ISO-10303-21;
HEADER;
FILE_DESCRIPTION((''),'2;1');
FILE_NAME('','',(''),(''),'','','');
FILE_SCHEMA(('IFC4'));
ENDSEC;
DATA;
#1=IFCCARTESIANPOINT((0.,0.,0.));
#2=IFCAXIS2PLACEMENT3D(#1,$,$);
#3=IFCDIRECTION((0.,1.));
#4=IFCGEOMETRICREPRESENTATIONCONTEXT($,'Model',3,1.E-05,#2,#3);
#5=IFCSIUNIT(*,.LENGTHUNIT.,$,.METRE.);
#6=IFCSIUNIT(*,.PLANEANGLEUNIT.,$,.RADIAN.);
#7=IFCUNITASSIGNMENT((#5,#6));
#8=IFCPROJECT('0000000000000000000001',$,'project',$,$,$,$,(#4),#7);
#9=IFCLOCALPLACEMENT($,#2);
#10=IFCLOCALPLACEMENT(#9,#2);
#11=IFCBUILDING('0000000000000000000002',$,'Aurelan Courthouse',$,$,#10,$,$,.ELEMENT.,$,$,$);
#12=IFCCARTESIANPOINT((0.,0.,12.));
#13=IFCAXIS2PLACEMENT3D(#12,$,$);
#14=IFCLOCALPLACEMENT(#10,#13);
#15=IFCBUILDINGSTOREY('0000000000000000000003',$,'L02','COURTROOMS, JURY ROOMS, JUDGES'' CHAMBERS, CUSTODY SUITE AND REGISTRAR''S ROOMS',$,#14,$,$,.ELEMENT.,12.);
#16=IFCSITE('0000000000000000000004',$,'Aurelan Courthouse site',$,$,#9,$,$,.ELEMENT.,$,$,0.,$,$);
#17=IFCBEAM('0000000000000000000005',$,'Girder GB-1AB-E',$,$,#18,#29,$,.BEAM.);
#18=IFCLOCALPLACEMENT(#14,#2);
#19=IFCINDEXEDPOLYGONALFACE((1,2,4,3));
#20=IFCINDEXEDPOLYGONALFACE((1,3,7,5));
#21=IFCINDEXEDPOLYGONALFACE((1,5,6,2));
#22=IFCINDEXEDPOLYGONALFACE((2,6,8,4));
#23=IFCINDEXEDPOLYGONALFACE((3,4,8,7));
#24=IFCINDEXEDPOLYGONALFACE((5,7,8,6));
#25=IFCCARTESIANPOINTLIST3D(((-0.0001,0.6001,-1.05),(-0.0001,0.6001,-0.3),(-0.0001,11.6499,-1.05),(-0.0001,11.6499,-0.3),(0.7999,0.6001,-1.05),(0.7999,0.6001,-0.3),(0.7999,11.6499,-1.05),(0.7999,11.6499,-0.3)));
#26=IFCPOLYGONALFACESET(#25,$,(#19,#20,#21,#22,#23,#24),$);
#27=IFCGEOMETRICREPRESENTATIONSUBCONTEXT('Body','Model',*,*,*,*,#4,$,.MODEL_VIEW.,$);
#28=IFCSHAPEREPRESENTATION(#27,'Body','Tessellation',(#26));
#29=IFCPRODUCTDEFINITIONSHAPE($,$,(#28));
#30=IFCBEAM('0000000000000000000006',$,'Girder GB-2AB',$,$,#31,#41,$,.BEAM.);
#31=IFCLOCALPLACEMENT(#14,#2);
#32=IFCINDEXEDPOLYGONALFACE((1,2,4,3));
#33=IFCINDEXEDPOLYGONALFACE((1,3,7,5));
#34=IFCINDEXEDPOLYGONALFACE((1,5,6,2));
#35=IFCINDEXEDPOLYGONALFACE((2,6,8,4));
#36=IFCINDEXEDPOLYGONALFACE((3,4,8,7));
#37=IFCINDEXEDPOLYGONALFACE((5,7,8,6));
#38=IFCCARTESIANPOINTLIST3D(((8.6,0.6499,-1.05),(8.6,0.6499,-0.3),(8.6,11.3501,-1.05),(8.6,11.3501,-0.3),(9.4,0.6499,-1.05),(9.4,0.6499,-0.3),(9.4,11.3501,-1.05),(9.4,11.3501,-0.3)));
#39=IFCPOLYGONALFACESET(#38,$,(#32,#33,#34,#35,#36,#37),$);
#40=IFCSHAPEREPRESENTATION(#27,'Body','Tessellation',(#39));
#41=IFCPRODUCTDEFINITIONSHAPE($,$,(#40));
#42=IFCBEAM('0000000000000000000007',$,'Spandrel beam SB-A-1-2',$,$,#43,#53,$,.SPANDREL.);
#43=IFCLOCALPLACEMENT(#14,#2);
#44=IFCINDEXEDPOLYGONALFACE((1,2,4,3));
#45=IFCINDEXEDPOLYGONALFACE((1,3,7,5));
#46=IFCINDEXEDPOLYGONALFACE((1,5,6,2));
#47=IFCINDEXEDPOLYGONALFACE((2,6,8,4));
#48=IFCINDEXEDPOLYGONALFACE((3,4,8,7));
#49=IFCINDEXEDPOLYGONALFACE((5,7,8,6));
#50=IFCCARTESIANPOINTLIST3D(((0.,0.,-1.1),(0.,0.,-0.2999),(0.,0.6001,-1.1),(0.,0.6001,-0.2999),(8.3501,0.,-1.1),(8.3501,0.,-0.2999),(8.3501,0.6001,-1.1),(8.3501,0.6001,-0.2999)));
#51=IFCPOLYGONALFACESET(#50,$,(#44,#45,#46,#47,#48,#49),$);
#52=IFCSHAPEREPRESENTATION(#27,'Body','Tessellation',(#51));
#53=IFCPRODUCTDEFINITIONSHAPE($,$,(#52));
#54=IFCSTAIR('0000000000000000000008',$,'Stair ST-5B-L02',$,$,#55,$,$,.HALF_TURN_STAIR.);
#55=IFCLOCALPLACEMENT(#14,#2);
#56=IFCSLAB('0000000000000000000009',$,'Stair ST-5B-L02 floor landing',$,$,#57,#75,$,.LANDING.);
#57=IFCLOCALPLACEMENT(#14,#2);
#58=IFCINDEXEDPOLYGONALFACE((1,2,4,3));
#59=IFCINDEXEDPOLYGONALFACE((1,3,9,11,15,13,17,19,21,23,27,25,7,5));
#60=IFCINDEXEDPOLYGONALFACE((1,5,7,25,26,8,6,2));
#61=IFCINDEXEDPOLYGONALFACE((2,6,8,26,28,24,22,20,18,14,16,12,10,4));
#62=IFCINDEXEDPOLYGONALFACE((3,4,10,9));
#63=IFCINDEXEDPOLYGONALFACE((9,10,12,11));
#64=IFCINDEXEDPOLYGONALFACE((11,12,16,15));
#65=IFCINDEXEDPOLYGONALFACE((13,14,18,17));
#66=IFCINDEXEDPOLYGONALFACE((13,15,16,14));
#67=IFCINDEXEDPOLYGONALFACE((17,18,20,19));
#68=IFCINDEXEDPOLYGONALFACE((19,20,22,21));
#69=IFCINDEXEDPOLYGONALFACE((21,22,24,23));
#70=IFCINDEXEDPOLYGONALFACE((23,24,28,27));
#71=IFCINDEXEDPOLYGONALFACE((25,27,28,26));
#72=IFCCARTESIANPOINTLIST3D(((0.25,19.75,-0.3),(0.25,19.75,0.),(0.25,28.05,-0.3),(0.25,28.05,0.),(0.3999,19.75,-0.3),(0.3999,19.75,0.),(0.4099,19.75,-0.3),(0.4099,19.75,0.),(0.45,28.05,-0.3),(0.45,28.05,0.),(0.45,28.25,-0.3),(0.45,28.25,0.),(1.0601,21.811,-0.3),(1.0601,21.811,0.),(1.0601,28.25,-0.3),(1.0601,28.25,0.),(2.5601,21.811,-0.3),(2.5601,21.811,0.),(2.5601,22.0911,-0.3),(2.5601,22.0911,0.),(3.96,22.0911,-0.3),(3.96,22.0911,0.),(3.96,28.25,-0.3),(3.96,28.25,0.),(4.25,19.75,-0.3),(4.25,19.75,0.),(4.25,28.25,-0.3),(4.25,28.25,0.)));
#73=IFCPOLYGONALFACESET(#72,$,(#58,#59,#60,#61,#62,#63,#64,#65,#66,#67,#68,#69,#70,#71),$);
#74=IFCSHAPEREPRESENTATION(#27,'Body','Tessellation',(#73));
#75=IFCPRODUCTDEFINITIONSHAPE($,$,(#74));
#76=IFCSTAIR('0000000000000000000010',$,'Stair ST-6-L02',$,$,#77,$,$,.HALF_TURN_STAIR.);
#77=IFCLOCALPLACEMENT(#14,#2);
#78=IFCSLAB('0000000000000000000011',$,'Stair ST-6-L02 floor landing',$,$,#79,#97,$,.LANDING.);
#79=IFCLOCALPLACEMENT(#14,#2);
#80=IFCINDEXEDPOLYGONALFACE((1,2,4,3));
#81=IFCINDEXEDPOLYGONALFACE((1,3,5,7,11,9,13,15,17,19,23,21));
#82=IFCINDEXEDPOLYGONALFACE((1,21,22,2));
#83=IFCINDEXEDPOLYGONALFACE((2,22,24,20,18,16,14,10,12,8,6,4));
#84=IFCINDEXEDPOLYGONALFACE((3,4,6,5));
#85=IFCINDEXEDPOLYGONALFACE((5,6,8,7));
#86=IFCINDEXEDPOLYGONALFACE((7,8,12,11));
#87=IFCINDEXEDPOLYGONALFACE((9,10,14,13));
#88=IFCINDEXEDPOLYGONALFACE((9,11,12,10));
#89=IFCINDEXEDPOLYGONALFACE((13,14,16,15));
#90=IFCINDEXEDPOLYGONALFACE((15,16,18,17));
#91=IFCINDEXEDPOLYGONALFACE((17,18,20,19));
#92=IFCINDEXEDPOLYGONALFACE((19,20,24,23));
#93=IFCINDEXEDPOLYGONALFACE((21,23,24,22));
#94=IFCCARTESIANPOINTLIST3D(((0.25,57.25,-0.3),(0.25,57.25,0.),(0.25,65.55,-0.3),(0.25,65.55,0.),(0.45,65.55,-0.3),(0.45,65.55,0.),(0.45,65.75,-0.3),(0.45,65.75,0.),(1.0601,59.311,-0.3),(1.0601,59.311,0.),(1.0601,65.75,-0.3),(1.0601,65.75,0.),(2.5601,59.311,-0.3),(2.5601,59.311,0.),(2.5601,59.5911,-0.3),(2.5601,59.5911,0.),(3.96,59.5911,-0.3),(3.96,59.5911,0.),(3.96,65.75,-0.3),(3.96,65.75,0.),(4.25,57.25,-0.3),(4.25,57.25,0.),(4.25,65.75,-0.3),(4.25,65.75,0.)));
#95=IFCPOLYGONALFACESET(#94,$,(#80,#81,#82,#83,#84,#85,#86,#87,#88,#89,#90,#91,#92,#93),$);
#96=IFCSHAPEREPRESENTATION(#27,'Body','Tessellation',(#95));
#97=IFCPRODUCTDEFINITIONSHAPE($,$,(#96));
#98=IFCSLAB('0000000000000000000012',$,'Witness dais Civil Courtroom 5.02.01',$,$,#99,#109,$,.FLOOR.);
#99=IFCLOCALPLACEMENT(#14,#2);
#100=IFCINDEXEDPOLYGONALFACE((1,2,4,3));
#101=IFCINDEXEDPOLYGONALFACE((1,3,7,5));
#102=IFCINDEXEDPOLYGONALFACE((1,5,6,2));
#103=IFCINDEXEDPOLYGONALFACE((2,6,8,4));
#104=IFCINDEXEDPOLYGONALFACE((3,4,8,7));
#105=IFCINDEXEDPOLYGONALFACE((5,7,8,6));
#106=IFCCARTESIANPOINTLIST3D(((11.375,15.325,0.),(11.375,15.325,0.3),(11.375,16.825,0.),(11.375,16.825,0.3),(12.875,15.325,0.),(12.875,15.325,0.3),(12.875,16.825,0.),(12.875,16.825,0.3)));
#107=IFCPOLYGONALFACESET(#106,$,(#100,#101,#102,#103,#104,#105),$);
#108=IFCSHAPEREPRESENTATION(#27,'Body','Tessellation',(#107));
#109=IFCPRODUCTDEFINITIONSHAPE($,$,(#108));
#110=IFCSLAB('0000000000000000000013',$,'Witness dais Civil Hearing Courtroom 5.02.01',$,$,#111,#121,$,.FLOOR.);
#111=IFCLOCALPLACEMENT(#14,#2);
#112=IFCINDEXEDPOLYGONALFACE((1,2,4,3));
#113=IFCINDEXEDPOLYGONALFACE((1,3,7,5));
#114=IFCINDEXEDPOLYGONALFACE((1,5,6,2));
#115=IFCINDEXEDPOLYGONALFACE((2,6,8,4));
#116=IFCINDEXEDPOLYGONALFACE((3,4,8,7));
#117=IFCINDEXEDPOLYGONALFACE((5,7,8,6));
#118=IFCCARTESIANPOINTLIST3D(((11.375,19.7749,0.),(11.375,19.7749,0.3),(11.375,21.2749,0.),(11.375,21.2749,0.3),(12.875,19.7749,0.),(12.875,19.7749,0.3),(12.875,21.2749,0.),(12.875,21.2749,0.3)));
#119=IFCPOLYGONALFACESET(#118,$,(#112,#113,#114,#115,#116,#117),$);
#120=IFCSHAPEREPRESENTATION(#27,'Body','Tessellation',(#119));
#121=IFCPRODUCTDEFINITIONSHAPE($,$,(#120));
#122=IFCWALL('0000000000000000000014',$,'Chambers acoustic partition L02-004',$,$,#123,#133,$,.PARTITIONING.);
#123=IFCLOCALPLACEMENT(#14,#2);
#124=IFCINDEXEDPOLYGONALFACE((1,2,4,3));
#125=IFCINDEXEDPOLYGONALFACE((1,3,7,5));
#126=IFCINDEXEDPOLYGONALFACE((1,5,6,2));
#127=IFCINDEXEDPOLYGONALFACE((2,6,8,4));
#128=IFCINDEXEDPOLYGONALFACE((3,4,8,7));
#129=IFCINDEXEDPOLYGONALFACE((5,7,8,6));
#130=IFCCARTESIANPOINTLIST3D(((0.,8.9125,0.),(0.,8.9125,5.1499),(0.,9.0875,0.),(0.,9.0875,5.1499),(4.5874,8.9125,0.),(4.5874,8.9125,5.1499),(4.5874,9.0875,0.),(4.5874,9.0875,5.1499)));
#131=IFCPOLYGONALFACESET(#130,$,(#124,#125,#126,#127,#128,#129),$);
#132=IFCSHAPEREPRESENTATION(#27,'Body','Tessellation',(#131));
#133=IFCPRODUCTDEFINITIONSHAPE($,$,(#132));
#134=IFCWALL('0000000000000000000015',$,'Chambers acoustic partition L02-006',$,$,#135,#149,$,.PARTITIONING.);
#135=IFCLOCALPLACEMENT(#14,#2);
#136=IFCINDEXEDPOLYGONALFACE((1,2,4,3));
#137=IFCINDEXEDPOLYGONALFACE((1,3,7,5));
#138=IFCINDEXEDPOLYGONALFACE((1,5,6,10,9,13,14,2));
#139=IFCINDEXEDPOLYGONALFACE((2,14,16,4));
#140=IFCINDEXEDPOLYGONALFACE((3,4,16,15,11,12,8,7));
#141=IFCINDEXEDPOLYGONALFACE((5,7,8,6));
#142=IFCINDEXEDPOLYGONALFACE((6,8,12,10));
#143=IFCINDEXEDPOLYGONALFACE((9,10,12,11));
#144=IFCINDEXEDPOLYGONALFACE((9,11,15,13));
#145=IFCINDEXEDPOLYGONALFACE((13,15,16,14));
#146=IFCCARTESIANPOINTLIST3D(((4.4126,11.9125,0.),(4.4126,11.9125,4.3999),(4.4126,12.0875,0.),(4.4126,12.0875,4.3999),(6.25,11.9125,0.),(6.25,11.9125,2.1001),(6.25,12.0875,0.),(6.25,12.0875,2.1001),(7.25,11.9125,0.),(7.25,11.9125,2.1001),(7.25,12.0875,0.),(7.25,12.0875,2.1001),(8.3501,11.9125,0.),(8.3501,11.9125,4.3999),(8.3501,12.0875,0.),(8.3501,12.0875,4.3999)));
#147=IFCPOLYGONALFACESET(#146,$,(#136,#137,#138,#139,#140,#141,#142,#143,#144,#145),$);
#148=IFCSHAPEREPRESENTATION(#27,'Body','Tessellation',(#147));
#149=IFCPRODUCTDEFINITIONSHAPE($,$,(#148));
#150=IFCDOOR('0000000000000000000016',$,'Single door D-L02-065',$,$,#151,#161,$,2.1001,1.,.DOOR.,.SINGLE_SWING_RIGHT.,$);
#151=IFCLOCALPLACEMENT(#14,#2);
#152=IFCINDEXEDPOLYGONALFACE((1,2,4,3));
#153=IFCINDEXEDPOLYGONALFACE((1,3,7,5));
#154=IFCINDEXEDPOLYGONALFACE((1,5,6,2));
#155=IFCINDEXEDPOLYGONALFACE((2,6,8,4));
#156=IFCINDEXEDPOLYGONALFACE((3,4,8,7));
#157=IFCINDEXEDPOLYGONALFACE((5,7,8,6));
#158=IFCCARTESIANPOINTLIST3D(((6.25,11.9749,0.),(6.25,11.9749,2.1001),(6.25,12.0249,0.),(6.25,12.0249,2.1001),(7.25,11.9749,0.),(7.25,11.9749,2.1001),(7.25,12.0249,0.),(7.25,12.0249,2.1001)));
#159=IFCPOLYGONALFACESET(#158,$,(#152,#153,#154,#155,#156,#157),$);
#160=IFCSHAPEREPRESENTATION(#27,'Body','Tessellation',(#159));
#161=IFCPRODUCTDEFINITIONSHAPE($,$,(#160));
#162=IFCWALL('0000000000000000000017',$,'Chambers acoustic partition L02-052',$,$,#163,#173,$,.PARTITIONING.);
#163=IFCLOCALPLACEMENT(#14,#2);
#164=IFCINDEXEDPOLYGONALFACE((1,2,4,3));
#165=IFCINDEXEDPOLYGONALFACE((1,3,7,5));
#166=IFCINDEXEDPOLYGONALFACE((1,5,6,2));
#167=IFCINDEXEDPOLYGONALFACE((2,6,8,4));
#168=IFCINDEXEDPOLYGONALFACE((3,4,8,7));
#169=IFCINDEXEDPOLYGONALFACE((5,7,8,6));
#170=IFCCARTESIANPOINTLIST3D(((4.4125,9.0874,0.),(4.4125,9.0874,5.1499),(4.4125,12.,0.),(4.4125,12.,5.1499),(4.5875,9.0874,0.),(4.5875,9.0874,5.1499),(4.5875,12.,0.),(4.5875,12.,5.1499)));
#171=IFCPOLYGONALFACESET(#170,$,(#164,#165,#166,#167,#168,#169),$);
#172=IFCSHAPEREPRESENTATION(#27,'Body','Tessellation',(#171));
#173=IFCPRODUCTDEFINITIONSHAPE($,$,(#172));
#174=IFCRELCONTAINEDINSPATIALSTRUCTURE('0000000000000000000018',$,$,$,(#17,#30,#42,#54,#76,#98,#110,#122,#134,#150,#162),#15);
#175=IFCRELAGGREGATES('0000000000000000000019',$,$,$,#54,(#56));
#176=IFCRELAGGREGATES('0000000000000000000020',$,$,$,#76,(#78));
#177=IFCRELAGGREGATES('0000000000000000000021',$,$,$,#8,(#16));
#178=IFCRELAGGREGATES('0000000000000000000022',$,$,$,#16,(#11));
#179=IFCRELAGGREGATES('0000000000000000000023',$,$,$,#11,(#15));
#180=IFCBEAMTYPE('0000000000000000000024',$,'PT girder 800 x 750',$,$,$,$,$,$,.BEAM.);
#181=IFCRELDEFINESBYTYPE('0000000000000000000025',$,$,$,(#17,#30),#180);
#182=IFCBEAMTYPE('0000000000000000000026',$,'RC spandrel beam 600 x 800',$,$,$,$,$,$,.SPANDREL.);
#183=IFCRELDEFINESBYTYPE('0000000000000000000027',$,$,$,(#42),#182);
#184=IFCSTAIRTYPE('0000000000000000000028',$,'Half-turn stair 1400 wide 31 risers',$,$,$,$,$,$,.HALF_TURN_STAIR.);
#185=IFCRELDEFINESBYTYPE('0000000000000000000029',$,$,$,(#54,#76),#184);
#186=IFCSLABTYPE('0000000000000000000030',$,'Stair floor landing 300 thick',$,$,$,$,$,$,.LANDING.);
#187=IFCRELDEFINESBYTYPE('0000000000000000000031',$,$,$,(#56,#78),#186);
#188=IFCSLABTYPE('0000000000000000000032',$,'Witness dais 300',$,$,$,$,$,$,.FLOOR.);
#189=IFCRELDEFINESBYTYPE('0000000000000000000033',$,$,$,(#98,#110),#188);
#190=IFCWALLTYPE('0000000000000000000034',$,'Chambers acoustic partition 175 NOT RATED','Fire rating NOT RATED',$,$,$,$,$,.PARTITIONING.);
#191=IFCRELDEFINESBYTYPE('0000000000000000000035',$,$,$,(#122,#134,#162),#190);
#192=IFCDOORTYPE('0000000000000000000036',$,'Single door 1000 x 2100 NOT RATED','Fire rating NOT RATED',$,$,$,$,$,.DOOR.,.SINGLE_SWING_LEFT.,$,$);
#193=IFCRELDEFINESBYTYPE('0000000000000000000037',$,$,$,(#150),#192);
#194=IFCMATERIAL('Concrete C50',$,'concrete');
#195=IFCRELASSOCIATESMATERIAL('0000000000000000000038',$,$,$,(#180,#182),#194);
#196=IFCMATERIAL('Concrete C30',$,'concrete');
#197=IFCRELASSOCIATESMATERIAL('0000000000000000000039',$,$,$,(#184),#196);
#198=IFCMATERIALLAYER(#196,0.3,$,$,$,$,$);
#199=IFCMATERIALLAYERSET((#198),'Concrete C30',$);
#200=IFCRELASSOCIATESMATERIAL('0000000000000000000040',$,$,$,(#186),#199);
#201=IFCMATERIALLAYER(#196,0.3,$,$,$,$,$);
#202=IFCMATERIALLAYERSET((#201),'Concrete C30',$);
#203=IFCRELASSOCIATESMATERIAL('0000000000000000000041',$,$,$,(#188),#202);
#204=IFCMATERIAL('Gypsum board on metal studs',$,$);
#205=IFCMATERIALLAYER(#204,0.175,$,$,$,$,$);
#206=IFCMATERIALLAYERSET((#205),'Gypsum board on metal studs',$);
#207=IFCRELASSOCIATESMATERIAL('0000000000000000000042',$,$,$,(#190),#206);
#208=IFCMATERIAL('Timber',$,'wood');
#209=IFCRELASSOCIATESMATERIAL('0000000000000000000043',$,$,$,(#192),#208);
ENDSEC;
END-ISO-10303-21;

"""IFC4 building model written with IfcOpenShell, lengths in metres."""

from ifc_helpers import new_model, si_unit, direction, frame, frame_2d, origin, origin_2d, place, context, subcontext, project, spatial, polyline, rectangle, outline, extrude, material, layer, layer_set, material_profile, profile_set, type_object, element, fill, aggregate, save


model = new_model("IFC4")

# Units and contexts
model_context = context("Model", 3, precision=1e-05, world=origin(), true_north=direction((0.0, 1.0)))
body_context = subcontext(model_context, "Body", "Model", "MODEL_VIEW")
ifc_project = project(units=[si_unit("LENGTHUNIT", "METRE"), si_unit("PLANEANGLEUNIT", "RADIAN")], contexts=[model_context])

# Site, building, storey
site_placement = place(None, origin())
site = spatial("IfcSite", under=ifc_project, at=site_placement, Name="Aurelan Courthouse site", CompositionType="ELEMENT", RefElevation=0.0)
building_placement = place(site_placement, origin())
building = spatial("IfcBuilding", under=site, at=building_placement, Name="Aurelan Courthouse", CompositionType="ELEMENT")
storey_placement = place(building_placement, frame((0.0, 0.0, 12.0)))
storey = spatial("IfcBuildingStorey", under=building, at=storey_placement, Name="L02", Description="COURTROOMS, JURY ROOMS, JUDGES' CHAMBERS, CUSTODY SUITE AND REGISTRAR'S ROOMS", CompositionType="ELEMENT", Elevation=12.0)

# Shared definitions
ifc_material_1 = material(Name="Concrete C50", Category="concrete")

# Beams
ifc_material_profile_1 = material_profile(ifc_material_1, rectangle(XDim=0.8, YDim=0.75, at=origin_2d()), Name="RC 800 x 750")
ifc_profile_set_1 = profile_set([ifc_material_profile_1], Name="Concrete C50")
beam_type_1 = type_object("IfcBeamType", Name="PT girder 800 x 750", PredefinedType="BEAM", material=ifc_profile_set_1)
beam_1_placement = place(storey_placement, frame((0.3999, 0.6001, -0.675), z_axis=(0.0, 1.0, 0.0), x_axis=(-1.0, 0.0, 0.0)))
element("IfcBeam", 1, at=beam_1_placement, inside=storey, type_object=beam_type_1, Name="Girder GB-1AB-E", PredefinedType="BEAM", context=body_context, shape_type="SweptSolid", body=[
    extrude(rectangle(XDim=0.8, YDim=0.75, at=origin_2d()), origin(), (0.0, 0.0, 1.0), 11.0498),
])
beam_2_placement = place(storey_placement, frame((9.0, 0.6499, -0.675), z_axis=(0.0, 1.0, 0.0), x_axis=(-1.0, 0.0, 0.0)))
element("IfcBeam", 2, at=beam_2_placement, inside=storey, type_object=beam_type_1, Name="Girder GB-2AB", PredefinedType="BEAM", context=body_context, shape_type="SweptSolid", body=[
    extrude(rectangle(XDim=0.8, YDim=0.75, at=origin_2d()), origin(), (0.0, 0.0, 1.0), 10.7002),
])
ifc_material_profile_2 = material_profile(ifc_material_1, rectangle(XDim=0.6001, YDim=0.8, at=origin_2d()), Name="RC 600 x 800")
ifc_profile_set_2 = profile_set([ifc_material_profile_2], Name="Concrete C50")
beam_type_2 = type_object("IfcBeamType", Name="RC spandrel beam 600 x 800", PredefinedType="SPANDREL", material=ifc_profile_set_2)
beam_3_placement = place(storey_placement, frame((0.0, 0.3, -0.7), z_axis=(1.0, 0.0, 0.0), x_axis=(0.0, 1.0, 0.0)))
element("IfcBeam", 3, at=beam_3_placement, inside=storey, type_object=beam_type_2, Name="Spandrel beam SB-A-1-2", PredefinedType="SPANDREL", context=body_context, shape_type="SweptSolid", body=[
    extrude(rectangle(XDim=0.6001, YDim=0.8, at=origin_2d()), origin(), (0.0, 0.0, 1.0), 8.3501),
])

# Stairs, slabs
ifc_material_2 = material(Name="Concrete C30", Category="concrete")
stair_type = type_object("IfcStairType", Name="Half-turn stair 1400 wide 31 risers", PredefinedType="HALF_TURN_STAIR", material=ifc_material_2)
stair_1_placement = place(storey_placement, origin())
stair_1 = element("IfcStair", 4, at=stair_1_placement, inside=storey, type_object=stair_type, Name="Stair ST-5B-L02", PredefinedType="HALF_TURN_STAIR")
ifc_layer_1 = layer(ifc_material_2, 0.3)
ifc_layer_set_1 = layer_set([ifc_layer_1], Name="Concrete C30")
slab_type_1 = type_object("IfcSlabType", Name="Stair floor landing 300 thick", PredefinedType="LANDING", material=ifc_layer_set_1)
slab_1_placement = place(storey_placement, frame((0.0, 0.0, -0.3)))
slab_1 = element("IfcSlab", 5, at=slab_1_placement, type_object=slab_type_1, Name="Stair ST-5B-L02 floor landing", PredefinedType="LANDING", context=body_context, shape_type="SweptSolid", body=[
    extrude(outline(polyline([(1.0601, 28.25), (1.0601, 21.811), (2.5601, 21.811), (2.5601, 22.0911), (3.96, 22.0911), (3.96, 28.25), (4.25, 28.25), (4.25, 19.75), (0.4099, 19.75), (0.3999, 19.75), (0.25, 19.75), (0.25, 28.05), (0.45, 28.05), (0.45, 28.25), (1.0601, 28.25)])), origin(), (0.0, 0.0, 1.0), 0.3),
])
aggregate(stair_1, [slab_1])
stair_2_placement = place(storey_placement, origin())
stair_2 = element("IfcStair", 6, at=stair_2_placement, inside=storey, type_object=stair_type, Name="Stair ST-6-L02", PredefinedType="HALF_TURN_STAIR")
slab_2_placement = place(storey_placement, frame((0.0, 0.0, -0.3)))
slab_2 = element("IfcSlab", 7, at=slab_2_placement, type_object=slab_type_1, Name="Stair ST-6-L02 floor landing", PredefinedType="LANDING", context=body_context, shape_type="SweptSolid", body=[
    extrude(outline(polyline([(1.0601, 59.311), (2.5601, 59.311), (2.5601, 59.5911), (3.96, 59.5911), (3.96, 65.75), (4.25, 65.75), (4.25, 57.25), (0.25, 57.25), (0.25, 65.55), (0.45, 65.55), (0.45, 65.75), (1.0601, 65.75), (1.0601, 59.311)])), origin(), (0.0, 0.0, 1.0), 0.3),
])
aggregate(stair_2, [slab_2])

# Slabs
ifc_layer_2 = layer(ifc_material_2, 0.3)
ifc_layer_set_2 = layer_set([ifc_layer_2], Name="Concrete C30")
slab_type_2 = type_object("IfcSlabType", Name="Witness dais 300", PredefinedType="FLOOR", material=ifc_layer_set_2)
slab_3_placement = place(storey_placement, origin())
element("IfcSlab", 8, at=slab_3_placement, inside=storey, type_object=slab_type_2, Name="Witness dais Civil Courtroom 5.02.01", PredefinedType="FLOOR", context=body_context, shape_type="SweptSolid", body=[
    extrude(outline(polyline([(11.375, 15.325), (12.875, 15.325), (12.875, 16.825), (11.375, 16.825), (11.375, 15.325)])), origin(), (0.0, 0.0, 1.0), 0.3),
])
slab_4_placement = place(storey_placement, origin())
element("IfcSlab", 9, at=slab_4_placement, inside=storey, type_object=slab_type_2, Name="Witness dais Civil Hearing Courtroom 5.02.01", PredefinedType="FLOOR", context=body_context, shape_type="SweptSolid", body=[
    extrude(outline(polyline([(11.375, 19.7749), (12.875, 19.7749), (12.875, 21.2749), (11.375, 21.2749), (11.375, 19.7749)])), origin(), (0.0, 0.0, 1.0), 0.3),
])

# Wall
ifc_material_3 = material(Name="Gypsum board on metal studs")
ifc_layer_3 = layer(ifc_material_3, 0.175)
ifc_layer_set_3 = layer_set([ifc_layer_3], Name="Gypsum board on metal studs")
wall_type_1 = type_object("IfcWallType", Name="Chambers acoustic partition 175 NOT RATED", Description="Fire rating NOT RATED", PredefinedType="PARTITIONING", material=ifc_layer_set_3)
wall_1_placement = place(storey_placement, frame((0.0, 9.0, 0.0), z_axis=(0.0, 0.0, 1.0), x_axis=(1.0, 0.0, 0.0)))
element("IfcWall", 10, at=wall_1_placement, inside=storey, type_object=wall_type_1, Name="Chambers acoustic partition L02-004", PredefinedType="PARTITIONING", context=body_context, shape_type="SweptSolid", body=[
    extrude(rectangle(XDim=4.5874, YDim=0.175, at=frame_2d((2.2937, 0.0))), origin(), (0.0, 0.0, 1.0), 5.1499),
])

# Wall, opening, door
wall_2_placement = place(storey_placement, frame((4.4126, 12.0, 0.0), z_axis=(0.0, 0.0, 1.0), x_axis=(1.0, 0.0, 0.0)))
wall_2 = element("IfcWall", 11, at=wall_2_placement, inside=storey, type_object=wall_type_1, Name="Chambers acoustic partition L02-006", PredefinedType="PARTITIONING", context=body_context, shape_type="SweptSolid", body=[
    extrude(rectangle(XDim=3.9375, YDim=0.175, at=frame_2d((1.9688, 0.0))), origin(), (0.0, 0.0, 1.0), 4.3999),
])
opening_1_placement = place(wall_2_placement, frame((1.8374, 0.0, 0.0)))
opening_1 = element("IfcOpeningElement", 12, at=opening_1_placement, cuts=wall_2, PredefinedType="OPENING", context=body_context, shape_type="SweptSolid", body=[
    extrude(rectangle(XDim=1.0, YDim=2.1001, at=frame_2d((0.5, 1.05))), frame((0.0, 0.0974, 0.0), z_axis=(0.0, -1.0, 0.0), x_axis=(1.0, 0.0, 0.0)), (0.0, 0.0, 1.0), 0.1951),
])
ifc_material_4 = material(Name="Timber", Category="wood")
door_type_1 = type_object("IfcDoorType", Name="Single door 1000 x 2100 NOT RATED", Description="Fire rating NOT RATED", OperationType="SINGLE_SWING_LEFT", PredefinedType="DOOR", material=ifc_material_4)
door_1_placement = place(opening_1_placement, origin())
door_1 = element("IfcDoor", 13, at=door_1_placement, inside=storey, type_object=door_type_1, Name="Single door D-L02-065", OperationType="SINGLE_SWING_RIGHT", OverallHeight=2.1001, OverallWidth=1.0, PredefinedType="DOOR", context=body_context, shape_type="SweptSolid", body=[
    extrude(rectangle(XDim=1.0, YDim=2.1001, at=frame_2d((0.5, 1.05))), frame((0.0, 0.0249, 0.0), z_axis=(0.0, -1.0, 0.0), x_axis=(1.0, 0.0, 0.0)), (0.0, 0.0, 1.0), 0.05),
])
fill(opening_1, door_1)

# Wall
wall_3_placement = place(storey_placement, frame((4.5, 9.0874, 0.0), z_axis=(0.0, 0.0, 1.0), x_axis=(0.0, 1.0, 0.0)))
element("IfcWall", 14, at=wall_3_placement, inside=storey, type_object=wall_type_1, Name="Chambers acoustic partition L02-052", PredefinedType="PARTITIONING", context=body_context, shape_type="SweptSolid", body=[
    extrude(rectangle(XDim=2.9126, YDim=0.175, at=frame_2d((1.4563, 0.0))), origin(), (0.0, 0.0, 1.0), 5.1499),
])

save(model, "model.ifc")
